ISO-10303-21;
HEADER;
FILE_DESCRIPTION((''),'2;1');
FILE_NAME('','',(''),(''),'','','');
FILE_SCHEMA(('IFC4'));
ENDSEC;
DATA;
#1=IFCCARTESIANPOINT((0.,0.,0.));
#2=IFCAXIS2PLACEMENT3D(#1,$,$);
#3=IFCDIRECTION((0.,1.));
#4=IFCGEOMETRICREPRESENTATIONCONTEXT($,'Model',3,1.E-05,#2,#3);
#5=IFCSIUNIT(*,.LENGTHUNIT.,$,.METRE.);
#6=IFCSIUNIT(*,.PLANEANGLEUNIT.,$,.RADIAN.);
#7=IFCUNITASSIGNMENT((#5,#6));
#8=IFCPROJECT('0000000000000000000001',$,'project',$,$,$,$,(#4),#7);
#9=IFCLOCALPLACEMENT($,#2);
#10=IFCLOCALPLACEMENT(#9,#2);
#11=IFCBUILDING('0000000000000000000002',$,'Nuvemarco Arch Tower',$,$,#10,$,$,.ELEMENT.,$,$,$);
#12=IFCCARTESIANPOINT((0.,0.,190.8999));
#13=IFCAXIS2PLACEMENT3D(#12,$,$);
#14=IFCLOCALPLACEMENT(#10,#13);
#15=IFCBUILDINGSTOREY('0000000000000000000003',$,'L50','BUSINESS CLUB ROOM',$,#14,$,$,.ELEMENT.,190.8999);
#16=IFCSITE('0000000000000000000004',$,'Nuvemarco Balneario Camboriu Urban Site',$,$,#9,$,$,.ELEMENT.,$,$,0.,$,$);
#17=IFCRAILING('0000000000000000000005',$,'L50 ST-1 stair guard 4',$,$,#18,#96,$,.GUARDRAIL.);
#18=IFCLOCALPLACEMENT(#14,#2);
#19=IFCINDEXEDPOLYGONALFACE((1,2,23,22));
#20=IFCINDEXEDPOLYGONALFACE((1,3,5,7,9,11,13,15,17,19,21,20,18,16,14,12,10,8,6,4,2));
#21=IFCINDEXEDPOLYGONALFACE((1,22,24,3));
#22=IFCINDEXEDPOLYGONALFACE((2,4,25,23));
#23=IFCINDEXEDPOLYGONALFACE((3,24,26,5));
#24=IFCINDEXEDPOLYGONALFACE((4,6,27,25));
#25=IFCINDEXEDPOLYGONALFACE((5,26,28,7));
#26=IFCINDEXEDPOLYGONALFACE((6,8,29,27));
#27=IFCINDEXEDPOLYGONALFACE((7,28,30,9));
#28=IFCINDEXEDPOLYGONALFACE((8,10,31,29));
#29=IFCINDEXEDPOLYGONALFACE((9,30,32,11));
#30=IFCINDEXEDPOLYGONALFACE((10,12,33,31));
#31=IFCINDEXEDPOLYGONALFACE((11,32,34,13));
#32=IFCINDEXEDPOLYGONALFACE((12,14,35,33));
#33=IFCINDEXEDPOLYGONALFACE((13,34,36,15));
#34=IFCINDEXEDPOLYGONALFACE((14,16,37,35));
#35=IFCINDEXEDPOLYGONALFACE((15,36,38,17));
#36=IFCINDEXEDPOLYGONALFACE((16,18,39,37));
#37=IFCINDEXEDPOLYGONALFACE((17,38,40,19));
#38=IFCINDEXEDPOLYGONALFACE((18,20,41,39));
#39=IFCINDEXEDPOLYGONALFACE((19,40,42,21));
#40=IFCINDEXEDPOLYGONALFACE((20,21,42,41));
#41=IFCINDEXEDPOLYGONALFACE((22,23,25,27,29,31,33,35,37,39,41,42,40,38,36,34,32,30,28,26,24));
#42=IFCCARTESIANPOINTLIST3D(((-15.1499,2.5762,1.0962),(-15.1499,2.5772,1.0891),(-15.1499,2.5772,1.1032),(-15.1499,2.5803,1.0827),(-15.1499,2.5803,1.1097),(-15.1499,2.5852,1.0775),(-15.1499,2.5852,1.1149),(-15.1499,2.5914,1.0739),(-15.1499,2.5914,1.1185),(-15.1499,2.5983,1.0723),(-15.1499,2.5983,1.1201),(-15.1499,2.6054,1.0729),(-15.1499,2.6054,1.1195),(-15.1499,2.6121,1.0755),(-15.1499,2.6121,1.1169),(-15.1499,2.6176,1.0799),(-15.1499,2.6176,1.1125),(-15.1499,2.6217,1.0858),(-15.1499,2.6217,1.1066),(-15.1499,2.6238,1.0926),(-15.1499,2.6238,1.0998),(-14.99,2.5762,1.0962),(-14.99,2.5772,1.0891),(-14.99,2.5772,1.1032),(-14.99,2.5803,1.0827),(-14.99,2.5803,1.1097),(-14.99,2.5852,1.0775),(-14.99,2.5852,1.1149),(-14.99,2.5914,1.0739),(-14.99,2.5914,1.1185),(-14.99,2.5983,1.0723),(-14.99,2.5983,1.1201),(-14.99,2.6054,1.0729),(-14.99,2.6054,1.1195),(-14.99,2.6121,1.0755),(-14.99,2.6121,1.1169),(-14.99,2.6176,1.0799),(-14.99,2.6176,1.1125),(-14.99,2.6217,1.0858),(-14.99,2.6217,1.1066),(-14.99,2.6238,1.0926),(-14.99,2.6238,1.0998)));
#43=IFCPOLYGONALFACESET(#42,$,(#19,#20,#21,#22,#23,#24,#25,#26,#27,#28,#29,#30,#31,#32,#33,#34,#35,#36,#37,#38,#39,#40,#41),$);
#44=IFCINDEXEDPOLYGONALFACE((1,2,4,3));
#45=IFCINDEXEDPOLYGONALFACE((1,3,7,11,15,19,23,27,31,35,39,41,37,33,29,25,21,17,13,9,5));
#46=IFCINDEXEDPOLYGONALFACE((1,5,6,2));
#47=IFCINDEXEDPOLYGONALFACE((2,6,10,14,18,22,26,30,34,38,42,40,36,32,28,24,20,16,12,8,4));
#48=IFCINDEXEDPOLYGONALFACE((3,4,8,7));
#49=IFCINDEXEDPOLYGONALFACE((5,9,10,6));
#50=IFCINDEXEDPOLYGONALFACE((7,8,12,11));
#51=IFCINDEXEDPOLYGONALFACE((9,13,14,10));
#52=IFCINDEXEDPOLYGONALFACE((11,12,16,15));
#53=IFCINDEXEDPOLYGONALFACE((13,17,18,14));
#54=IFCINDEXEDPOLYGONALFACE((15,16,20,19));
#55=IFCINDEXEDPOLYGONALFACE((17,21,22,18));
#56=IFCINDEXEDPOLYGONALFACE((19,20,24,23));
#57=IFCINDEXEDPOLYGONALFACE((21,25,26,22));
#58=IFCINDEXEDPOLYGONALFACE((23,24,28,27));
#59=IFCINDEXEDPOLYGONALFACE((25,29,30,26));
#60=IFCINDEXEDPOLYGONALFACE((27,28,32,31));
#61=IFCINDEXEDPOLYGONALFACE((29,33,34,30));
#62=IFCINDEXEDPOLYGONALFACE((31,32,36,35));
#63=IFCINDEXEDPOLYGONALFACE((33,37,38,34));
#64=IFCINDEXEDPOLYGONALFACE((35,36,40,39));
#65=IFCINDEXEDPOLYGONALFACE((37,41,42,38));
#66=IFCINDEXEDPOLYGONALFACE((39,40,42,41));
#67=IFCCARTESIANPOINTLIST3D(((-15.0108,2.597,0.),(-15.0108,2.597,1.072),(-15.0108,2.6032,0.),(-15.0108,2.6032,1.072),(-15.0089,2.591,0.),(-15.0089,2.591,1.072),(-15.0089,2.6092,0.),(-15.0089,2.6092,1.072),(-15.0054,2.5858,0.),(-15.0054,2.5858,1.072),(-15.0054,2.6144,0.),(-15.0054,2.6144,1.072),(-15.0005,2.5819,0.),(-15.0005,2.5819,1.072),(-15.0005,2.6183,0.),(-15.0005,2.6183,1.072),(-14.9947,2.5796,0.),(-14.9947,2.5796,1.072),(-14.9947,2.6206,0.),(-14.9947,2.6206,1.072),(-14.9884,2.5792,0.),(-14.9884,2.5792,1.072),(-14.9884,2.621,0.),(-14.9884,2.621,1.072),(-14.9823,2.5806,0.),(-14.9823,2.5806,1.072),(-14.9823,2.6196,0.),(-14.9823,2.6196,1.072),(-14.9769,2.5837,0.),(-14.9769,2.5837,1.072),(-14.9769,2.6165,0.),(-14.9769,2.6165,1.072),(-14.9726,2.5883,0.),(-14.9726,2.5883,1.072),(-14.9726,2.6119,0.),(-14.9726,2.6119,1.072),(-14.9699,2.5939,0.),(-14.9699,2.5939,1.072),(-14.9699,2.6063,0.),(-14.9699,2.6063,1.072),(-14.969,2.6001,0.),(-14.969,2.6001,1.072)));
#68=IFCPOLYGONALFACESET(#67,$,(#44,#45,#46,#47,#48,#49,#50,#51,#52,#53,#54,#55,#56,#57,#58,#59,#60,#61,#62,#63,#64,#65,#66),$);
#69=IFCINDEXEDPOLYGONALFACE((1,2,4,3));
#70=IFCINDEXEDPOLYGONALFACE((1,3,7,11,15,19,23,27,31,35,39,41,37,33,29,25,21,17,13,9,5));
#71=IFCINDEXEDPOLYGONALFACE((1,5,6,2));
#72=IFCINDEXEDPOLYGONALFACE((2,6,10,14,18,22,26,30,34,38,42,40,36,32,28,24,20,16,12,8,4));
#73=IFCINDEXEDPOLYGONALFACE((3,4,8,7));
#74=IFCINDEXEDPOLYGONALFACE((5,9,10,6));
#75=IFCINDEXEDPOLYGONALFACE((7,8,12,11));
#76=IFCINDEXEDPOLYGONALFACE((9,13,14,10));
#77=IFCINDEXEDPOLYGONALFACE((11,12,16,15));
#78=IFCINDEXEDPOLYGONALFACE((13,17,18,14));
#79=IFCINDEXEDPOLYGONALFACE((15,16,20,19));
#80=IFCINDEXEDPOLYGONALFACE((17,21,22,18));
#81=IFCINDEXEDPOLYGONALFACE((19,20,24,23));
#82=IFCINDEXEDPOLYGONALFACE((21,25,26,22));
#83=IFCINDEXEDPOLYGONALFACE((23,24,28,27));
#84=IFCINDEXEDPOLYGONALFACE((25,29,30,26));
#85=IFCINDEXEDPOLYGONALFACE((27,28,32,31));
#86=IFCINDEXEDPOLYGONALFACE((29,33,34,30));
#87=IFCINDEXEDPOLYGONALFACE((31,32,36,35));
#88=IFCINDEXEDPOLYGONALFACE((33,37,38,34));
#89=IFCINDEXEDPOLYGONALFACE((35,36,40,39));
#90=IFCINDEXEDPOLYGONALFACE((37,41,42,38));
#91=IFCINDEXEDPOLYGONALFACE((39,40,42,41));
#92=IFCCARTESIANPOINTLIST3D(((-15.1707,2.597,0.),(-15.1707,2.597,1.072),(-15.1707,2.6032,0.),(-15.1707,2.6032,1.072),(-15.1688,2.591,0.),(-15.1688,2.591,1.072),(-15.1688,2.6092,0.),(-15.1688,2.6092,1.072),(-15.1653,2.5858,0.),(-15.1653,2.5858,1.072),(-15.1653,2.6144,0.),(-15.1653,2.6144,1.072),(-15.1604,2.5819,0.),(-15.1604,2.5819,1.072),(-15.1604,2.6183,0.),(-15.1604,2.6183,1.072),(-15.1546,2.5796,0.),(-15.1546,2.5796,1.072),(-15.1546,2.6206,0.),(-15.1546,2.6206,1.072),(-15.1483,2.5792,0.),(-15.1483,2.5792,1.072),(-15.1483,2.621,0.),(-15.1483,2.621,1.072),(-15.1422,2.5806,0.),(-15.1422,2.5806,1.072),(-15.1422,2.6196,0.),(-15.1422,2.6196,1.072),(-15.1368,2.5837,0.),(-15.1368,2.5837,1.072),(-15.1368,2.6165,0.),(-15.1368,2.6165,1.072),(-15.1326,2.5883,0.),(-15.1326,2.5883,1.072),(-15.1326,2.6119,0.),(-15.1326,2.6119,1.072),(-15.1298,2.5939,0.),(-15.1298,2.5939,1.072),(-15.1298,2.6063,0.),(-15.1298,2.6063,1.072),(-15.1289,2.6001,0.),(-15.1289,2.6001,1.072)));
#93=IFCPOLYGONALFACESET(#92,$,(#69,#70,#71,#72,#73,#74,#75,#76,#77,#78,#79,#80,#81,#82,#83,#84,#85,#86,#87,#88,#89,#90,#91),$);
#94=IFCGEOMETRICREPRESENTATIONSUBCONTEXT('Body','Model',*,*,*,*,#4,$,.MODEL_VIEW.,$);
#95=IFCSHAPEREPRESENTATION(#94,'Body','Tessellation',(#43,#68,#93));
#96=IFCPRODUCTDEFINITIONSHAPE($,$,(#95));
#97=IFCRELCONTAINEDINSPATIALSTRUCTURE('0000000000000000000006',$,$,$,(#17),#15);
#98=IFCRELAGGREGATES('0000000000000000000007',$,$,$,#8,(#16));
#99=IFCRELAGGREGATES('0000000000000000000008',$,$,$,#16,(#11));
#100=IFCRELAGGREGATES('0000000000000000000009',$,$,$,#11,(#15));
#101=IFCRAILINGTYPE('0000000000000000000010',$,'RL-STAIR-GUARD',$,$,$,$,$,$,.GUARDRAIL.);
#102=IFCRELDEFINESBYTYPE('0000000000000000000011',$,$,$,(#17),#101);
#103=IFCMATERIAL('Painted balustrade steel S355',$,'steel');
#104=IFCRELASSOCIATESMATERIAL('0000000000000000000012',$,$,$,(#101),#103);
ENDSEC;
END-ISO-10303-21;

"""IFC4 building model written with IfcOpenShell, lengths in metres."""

from ifc_helpers import new_model, si_unit, direction, frame, origin, origin_2d, place, context, subcontext, project, spatial, circle, extrude, material, type_object, element, save


model = new_model("IFC4")

# Units and contexts
model_context = context("Model", 3, precision=1e-05, world=origin(), true_north=direction((0.0, 1.0)))
body_context = subcontext(model_context, "Body", "Model", "MODEL_VIEW")
ifc_project = project(units=[si_unit("LENGTHUNIT", "METRE"), si_unit("PLANEANGLEUNIT", "RADIAN")], contexts=[model_context])

# Site, building, storey
site_placement = place(None, origin())
site = spatial("IfcSite", under=ifc_project, at=site_placement, Name="Nuvemarco Balneario Camboriu Urban Site", CompositionType="ELEMENT", RefElevation=0.0)
building_placement = place(site_placement, origin())
building = spatial("IfcBuilding", under=site, at=building_placement, Name="Nuvemarco Arch Tower", CompositionType="ELEMENT")
storey_placement = place(building_placement, frame((0.0, 0.0, 190.8999)))
storey = spatial("IfcBuildingStorey", under=building, at=storey_placement, Name="L50", Description="BUSINESS CLUB ROOM", CompositionType="ELEMENT", Elevation=190.8999)

# Railing
ifc_material_1 = material(Name="Painted balustrade steel S355", Category="steel")
railing_type_1 = type_object("IfcRailingType", Name="RL-STAIR-GUARD", PredefinedType="GUARDRAIL", material=ifc_material_1)
railing_1_placement = place(storey_placement, frame((-14.99, 2.6001, 0.0)))
element("IfcRailing", 1, at=railing_1_placement, inside=storey, type_object=railing_type_1, Name="L50 ST-1 stair guard 4", PredefinedType="GUARDRAIL", context=body_context, shape_type="SweptSolid", body=[
    extrude(circle(Radius=0.0239, at=origin_2d()), frame((0.0, 0.0, 1.0962), z_axis=(-1.0, 0.0, 0.0), x_axis=(0.0, -1.0, 0.0)), (0.0, 0.0, 1.0), 0.1599),
    extrude(circle(Radius=0.021, at=origin_2d()), origin(), (0.0, 0.0, 1.0), 1.072),
    extrude(circle(Radius=0.021, at=origin_2d()), frame((-0.1599, 0.0, 0.0)), (0.0, 0.0, 1.0), 1.072),
])

save(model, "model.ifc")
